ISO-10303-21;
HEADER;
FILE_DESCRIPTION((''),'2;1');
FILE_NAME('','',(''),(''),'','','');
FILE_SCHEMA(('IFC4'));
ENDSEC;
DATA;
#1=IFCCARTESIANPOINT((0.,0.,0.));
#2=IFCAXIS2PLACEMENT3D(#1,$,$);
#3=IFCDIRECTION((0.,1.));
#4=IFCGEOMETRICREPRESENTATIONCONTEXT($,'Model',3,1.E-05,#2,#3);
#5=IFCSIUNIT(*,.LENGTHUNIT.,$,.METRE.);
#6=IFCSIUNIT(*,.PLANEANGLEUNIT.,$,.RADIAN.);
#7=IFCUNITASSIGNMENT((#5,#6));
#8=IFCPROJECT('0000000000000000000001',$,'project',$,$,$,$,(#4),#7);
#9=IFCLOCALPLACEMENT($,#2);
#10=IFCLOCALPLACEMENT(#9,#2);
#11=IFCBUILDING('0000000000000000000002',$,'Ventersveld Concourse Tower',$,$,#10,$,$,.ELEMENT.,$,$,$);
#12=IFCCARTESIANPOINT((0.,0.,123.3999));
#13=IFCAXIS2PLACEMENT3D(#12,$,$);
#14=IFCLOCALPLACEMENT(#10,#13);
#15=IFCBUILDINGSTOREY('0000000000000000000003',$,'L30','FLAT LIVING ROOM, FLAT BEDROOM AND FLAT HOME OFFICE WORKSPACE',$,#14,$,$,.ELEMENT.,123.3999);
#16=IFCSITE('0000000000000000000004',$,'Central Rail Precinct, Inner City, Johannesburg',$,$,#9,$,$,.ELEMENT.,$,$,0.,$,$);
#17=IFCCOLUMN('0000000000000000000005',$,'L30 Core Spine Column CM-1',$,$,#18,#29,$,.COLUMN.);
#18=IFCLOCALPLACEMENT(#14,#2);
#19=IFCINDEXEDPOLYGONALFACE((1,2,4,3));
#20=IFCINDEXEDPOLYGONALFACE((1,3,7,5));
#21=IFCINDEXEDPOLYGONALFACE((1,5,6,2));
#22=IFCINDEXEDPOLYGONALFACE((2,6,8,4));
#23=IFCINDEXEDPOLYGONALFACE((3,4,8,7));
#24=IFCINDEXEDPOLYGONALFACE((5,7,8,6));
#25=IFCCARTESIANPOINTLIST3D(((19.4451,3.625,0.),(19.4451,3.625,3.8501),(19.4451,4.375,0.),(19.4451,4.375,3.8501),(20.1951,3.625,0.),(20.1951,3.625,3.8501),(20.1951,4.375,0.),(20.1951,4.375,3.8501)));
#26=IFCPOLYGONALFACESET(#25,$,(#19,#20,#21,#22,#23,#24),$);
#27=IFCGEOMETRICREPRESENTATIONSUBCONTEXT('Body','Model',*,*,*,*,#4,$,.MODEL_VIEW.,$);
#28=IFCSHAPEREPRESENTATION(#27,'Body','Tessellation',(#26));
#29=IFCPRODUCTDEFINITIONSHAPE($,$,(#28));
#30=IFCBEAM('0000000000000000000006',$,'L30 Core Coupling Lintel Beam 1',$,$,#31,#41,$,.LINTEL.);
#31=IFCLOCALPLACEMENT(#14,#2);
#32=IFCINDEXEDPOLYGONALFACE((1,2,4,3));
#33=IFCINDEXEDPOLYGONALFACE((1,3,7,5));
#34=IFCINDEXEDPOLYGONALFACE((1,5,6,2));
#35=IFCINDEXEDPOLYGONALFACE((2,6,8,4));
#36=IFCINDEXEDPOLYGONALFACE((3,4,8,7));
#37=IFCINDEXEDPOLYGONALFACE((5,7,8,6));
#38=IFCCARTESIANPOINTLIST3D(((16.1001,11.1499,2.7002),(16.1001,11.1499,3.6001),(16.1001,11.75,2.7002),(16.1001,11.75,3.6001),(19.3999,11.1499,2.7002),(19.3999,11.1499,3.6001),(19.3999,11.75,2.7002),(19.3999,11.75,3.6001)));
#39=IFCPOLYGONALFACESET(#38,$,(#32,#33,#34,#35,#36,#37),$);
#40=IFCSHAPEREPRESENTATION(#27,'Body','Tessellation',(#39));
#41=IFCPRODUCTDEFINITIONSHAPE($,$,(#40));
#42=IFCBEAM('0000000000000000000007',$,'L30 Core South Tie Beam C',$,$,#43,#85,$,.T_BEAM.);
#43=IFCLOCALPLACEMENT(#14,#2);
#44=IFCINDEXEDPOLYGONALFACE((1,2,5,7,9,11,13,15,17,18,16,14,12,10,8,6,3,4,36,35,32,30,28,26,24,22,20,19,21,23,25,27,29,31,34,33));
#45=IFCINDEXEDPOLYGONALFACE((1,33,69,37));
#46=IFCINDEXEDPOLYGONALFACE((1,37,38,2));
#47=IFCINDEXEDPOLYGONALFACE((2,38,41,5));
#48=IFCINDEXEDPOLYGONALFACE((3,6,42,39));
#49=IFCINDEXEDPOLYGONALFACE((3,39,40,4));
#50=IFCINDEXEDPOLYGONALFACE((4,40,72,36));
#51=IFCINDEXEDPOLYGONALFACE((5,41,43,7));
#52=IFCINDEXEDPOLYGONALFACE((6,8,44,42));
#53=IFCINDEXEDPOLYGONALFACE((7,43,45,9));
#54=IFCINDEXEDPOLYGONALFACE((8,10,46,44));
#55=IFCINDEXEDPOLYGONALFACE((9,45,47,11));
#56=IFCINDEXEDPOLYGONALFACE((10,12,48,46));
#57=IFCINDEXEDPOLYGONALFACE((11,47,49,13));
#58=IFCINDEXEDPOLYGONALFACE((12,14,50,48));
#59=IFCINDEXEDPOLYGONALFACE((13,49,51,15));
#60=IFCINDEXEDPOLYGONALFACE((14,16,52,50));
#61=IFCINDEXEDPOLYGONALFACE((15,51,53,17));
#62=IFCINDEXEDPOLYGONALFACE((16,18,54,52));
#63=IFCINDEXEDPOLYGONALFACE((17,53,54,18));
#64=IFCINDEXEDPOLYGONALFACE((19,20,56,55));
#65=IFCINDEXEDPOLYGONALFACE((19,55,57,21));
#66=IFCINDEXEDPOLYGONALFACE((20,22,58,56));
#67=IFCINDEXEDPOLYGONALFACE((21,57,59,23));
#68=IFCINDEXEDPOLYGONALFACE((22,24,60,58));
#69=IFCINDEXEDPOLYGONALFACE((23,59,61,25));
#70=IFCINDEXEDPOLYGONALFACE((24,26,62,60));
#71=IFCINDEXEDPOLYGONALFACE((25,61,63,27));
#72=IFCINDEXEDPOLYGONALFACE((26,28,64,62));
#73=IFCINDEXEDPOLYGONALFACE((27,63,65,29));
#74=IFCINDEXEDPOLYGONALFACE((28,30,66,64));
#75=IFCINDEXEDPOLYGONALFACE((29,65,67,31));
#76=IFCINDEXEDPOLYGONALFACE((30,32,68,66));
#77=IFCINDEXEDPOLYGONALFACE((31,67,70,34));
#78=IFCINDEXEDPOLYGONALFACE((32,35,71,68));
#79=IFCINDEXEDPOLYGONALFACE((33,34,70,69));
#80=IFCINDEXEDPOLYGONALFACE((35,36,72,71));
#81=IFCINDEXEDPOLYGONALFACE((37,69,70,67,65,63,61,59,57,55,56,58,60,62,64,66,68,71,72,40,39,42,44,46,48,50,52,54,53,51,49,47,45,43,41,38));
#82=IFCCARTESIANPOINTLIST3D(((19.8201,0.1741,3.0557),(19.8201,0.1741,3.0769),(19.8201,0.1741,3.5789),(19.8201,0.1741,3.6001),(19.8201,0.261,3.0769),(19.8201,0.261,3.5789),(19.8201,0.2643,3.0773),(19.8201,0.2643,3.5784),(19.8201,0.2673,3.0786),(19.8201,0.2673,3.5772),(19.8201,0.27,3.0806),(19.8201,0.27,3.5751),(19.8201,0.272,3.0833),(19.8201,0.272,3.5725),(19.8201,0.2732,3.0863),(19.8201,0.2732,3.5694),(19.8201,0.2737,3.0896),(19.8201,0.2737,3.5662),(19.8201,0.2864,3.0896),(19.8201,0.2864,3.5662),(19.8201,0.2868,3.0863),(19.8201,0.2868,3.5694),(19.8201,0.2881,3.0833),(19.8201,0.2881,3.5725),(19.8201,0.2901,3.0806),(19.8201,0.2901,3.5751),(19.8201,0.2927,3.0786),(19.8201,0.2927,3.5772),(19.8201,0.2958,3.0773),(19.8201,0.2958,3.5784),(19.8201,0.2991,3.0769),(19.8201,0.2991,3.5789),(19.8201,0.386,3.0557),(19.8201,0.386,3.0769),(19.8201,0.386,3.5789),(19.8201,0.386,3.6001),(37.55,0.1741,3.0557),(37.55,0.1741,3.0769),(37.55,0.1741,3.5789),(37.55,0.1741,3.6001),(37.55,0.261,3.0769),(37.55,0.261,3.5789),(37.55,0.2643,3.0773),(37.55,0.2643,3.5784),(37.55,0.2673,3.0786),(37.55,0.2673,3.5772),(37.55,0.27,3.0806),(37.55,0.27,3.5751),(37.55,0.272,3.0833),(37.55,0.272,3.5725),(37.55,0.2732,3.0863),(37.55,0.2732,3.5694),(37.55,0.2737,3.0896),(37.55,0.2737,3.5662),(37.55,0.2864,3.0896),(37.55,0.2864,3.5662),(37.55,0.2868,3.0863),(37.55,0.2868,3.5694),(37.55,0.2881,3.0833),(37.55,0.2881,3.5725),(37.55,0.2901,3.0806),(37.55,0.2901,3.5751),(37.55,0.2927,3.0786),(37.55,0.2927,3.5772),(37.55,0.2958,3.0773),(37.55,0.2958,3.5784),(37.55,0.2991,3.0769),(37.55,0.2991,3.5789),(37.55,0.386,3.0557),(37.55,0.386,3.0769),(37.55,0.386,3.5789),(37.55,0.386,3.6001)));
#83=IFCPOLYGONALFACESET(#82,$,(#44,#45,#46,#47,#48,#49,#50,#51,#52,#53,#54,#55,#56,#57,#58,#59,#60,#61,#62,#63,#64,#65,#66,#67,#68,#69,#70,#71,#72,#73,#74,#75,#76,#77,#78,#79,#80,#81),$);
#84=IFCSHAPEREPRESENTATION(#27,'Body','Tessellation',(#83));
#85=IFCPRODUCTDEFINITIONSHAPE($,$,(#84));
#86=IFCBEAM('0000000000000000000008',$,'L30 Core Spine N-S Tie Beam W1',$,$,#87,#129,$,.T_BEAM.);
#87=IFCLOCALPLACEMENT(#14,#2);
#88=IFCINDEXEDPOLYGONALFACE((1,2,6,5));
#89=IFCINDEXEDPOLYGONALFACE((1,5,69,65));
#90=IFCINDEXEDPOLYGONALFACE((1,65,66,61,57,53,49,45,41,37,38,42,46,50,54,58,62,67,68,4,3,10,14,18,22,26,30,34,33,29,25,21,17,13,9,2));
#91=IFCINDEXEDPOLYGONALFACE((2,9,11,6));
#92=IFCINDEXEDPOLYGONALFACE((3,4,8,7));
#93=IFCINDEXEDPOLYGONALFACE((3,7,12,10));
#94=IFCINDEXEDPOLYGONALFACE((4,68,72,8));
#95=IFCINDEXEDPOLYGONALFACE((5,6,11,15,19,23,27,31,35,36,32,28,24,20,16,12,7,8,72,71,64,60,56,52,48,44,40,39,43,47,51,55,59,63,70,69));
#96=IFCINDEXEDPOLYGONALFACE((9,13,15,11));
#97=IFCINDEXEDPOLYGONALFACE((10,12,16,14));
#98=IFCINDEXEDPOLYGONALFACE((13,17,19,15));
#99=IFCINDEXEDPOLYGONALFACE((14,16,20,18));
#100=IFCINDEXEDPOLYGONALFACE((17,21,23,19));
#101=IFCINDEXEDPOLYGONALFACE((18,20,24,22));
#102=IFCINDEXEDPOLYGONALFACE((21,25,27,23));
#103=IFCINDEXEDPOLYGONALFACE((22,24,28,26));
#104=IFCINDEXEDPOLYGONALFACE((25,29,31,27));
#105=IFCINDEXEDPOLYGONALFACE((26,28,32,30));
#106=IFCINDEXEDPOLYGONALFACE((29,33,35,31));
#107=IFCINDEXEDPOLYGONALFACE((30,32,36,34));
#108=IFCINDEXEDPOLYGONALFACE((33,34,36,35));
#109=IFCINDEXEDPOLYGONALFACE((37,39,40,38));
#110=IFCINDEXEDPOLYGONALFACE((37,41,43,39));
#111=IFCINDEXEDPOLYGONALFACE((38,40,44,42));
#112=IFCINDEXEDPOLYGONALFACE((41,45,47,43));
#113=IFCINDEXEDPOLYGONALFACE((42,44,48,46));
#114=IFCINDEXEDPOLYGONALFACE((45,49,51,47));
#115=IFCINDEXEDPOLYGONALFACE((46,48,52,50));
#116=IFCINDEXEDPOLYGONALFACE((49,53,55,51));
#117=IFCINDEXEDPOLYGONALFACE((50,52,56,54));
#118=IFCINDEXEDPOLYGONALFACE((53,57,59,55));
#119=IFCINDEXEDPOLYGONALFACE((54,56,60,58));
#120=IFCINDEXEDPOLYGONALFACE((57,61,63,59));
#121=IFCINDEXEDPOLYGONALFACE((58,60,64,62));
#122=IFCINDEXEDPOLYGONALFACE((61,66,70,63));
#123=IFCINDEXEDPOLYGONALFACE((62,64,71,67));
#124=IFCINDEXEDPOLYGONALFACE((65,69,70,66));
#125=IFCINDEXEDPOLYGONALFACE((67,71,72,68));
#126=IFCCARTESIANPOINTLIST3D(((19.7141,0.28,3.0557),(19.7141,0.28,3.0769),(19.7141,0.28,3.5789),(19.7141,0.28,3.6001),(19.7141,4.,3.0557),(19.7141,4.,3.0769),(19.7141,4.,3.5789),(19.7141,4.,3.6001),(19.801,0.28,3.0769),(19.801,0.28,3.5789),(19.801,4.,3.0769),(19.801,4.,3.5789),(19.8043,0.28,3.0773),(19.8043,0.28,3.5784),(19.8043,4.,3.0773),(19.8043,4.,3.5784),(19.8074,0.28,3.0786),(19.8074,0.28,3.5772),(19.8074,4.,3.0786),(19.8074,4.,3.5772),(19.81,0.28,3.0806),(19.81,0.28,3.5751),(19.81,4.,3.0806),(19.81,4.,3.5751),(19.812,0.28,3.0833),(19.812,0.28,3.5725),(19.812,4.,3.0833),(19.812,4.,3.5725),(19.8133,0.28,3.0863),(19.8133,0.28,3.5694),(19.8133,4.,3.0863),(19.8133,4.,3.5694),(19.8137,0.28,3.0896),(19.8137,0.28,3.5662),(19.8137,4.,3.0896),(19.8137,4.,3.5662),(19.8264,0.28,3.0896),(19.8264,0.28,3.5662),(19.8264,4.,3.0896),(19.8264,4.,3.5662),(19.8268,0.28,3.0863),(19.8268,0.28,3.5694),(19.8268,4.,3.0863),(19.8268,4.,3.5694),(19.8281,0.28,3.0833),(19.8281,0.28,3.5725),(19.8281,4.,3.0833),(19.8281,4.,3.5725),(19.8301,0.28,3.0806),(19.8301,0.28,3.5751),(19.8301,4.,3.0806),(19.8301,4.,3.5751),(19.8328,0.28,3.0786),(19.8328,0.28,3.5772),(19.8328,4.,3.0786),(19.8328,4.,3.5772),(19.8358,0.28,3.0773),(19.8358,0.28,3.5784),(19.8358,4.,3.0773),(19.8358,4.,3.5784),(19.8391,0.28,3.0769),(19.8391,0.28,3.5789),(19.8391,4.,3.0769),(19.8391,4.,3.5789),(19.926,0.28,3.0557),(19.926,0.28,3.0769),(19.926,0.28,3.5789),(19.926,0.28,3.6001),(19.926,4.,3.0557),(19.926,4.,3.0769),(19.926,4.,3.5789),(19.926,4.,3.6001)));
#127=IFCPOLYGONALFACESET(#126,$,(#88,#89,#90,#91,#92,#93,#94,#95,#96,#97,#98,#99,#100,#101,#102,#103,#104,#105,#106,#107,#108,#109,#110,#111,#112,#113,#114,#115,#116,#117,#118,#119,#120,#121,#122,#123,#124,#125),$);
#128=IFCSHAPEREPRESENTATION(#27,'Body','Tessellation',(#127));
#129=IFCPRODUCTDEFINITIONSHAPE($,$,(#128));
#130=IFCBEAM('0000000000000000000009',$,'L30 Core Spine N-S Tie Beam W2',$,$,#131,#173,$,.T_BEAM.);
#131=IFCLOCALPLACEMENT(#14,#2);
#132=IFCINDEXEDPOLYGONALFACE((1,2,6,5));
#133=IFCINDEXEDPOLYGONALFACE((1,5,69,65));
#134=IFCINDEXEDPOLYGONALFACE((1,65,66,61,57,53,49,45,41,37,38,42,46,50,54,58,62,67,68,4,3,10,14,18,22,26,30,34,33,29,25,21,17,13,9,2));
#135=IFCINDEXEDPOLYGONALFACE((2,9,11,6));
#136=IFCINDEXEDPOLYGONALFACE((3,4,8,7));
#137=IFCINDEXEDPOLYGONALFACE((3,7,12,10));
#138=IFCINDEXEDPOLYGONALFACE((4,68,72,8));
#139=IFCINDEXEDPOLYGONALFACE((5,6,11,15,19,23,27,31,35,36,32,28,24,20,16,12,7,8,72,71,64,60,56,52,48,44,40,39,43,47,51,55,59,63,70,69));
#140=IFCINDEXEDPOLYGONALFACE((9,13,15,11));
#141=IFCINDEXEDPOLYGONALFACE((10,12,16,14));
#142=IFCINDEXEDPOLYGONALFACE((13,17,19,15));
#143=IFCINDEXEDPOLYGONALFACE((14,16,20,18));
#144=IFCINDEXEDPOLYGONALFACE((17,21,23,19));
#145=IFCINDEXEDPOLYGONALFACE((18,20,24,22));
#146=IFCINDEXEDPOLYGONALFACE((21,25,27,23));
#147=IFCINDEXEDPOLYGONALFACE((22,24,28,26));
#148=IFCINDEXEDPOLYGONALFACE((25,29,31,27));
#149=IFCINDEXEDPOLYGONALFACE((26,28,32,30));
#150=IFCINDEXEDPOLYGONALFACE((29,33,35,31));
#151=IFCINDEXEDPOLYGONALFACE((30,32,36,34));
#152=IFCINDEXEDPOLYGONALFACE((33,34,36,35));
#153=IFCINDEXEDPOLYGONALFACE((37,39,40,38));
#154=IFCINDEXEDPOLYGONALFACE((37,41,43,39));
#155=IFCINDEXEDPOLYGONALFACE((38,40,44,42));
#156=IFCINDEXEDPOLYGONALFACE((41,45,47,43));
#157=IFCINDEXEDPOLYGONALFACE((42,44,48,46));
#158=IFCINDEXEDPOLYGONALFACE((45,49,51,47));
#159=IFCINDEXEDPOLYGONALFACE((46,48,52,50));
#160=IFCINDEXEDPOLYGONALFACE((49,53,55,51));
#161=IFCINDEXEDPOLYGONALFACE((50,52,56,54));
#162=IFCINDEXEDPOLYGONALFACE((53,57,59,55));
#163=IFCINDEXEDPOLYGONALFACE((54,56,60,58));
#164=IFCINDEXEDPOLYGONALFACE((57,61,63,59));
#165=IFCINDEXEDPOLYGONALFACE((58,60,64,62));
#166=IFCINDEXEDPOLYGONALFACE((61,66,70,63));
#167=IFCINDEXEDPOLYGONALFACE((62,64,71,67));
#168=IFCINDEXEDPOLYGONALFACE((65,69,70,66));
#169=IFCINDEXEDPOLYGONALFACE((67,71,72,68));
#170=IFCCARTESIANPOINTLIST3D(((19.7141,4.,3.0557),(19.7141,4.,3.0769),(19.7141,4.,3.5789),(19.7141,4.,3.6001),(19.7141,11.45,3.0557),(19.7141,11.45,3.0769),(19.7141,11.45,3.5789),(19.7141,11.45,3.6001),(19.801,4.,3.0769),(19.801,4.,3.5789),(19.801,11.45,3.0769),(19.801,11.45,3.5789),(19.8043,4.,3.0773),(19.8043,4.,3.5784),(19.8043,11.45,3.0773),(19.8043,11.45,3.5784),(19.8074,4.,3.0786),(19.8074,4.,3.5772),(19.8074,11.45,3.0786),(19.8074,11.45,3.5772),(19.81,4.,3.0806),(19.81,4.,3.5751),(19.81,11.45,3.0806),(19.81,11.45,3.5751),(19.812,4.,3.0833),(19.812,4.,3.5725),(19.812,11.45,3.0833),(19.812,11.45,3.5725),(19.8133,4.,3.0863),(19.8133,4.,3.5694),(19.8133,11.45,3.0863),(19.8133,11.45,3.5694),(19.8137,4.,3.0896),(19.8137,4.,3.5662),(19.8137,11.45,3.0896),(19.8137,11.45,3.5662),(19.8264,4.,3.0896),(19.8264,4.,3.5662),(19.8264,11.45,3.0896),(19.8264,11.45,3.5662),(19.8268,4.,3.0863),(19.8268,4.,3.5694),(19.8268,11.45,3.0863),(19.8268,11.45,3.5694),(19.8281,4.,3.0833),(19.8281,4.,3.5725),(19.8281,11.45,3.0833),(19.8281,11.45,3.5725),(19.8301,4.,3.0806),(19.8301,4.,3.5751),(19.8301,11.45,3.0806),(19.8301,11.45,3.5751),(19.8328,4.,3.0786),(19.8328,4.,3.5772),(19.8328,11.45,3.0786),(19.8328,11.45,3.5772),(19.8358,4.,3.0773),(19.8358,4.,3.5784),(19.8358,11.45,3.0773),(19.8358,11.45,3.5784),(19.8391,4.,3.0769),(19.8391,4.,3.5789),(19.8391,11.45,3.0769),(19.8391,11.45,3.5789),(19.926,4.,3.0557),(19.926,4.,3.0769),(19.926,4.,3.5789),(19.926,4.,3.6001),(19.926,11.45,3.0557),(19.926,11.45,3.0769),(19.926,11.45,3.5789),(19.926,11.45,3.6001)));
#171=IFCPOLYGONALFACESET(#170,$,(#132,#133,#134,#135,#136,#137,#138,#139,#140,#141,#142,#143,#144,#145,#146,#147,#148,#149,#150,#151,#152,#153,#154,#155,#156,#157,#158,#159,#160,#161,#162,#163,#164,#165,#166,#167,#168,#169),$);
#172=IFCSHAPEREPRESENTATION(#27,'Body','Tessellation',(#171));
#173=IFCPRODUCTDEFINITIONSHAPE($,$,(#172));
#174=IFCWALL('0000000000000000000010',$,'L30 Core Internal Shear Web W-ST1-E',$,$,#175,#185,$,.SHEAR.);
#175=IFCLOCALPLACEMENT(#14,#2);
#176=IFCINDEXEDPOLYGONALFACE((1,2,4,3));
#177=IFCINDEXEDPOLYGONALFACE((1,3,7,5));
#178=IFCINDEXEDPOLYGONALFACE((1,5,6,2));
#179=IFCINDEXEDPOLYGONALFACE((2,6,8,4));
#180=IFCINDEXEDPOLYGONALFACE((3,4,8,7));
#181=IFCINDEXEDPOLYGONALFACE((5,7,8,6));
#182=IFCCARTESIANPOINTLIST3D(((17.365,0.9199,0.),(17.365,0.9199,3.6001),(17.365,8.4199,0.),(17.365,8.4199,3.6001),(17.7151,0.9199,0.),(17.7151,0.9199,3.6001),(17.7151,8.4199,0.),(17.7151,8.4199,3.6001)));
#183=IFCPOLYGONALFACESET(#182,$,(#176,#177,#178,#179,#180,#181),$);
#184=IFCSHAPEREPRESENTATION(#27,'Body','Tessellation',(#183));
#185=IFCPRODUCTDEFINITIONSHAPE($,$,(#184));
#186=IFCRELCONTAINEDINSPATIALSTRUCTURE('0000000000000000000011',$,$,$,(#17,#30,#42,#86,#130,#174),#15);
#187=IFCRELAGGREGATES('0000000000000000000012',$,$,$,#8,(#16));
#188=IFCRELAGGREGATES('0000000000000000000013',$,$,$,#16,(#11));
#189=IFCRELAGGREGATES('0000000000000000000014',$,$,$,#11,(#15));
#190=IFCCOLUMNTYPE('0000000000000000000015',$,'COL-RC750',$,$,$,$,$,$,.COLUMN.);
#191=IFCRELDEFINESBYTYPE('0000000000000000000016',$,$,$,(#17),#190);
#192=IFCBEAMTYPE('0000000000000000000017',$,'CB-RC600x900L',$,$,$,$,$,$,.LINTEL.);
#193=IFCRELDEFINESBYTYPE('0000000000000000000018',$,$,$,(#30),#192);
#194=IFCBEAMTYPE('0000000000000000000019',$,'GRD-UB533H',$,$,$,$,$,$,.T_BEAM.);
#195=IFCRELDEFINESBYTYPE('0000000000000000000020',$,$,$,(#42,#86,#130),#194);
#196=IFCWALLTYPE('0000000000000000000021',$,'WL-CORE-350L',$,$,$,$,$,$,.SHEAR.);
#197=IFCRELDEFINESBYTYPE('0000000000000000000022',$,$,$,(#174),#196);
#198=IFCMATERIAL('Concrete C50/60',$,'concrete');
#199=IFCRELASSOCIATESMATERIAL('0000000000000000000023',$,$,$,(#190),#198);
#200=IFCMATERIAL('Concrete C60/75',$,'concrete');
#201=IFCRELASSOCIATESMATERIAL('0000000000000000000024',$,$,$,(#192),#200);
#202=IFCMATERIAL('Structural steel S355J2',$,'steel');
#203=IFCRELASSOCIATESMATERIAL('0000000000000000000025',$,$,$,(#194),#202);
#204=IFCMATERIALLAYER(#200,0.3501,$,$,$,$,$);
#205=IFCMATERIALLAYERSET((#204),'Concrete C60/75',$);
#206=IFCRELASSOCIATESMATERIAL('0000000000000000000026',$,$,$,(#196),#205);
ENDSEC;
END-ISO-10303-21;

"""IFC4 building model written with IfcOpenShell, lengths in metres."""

from ifc_helpers import new_model, si_unit, direction, frame, frame_2d, origin, origin_2d, place, context, subcontext, project, spatial, rectangle, i_section, extrude, material, layer, layer_set, material_profile, profile_set, type_object, element, save


model = new_model("IFC4")

# Units and contexts
model_context = context("Model", 3, precision=1e-05, world=origin(), true_north=direction((0.0, 1.0)))
body_context = subcontext(model_context, "Body", "Model", "MODEL_VIEW")
ifc_project = project(units=[si_unit("LENGTHUNIT", "METRE"), si_unit("PLANEANGLEUNIT", "RADIAN")], contexts=[model_context])

# Site, building, storey
site_placement = place(None, origin())
site = spatial("IfcSite", under=ifc_project, at=site_placement, Name="Central Rail Precinct, Inner City, Johannesburg", CompositionType="ELEMENT", RefElevation=0.0)
building_placement = place(site_placement, origin())
building = spatial("IfcBuilding", under=site, at=building_placement, Name="Ventersveld Concourse Tower", CompositionType="ELEMENT")
storey_placement = place(building_placement, frame((0.0, 0.0, 123.3999)))
storey = spatial("IfcBuildingStorey", under=building, at=storey_placement, Name="L30", Description="FLAT LIVING ROOM, FLAT BEDROOM AND FLAT HOME OFFICE WORKSPACE", CompositionType="ELEMENT", Elevation=123.3999)

# Column
ifc_material_1 = material(Name="Concrete C50/60", Category="concrete")
ifc_material_profile_1 = material_profile(ifc_material_1, rectangle(XDim=0.75, YDim=0.75, at=origin_2d()), Name="RC 750x750")
ifc_profile_set_1 = profile_set([ifc_material_profile_1], Name="Concrete C50/60")
column_type = type_object("IfcColumnType", Name="COL-RC750", PredefinedType="COLUMN", material=ifc_profile_set_1)
column_placement = place(storey_placement, frame((19.8201, 4.0, 0.0), z_axis=(0.0, 0.0, 1.0), x_axis=(1.0, 0.0, 0.0)))
element("IfcColumn", 1, at=column_placement, inside=storey, type_object=column_type, Name="L30 Core Spine Column CM-1", PredefinedType="COLUMN", context=body_context, shape_type="SweptSolid", body=[
    extrude(rectangle(XDim=0.75, YDim=0.75, at=origin_2d()), origin(), (0.0, 0.0, 1.0), 3.8501),
])

# Beams
ifc_material_2 = material(Name="Concrete C60/75", Category="concrete")
ifc_material_profile_2 = material_profile(ifc_material_2, rectangle(XDim=0.6001, YDim=0.8999, at=origin_2d()), Name="RC 600x900")
ifc_profile_set_2 = profile_set([ifc_material_profile_2], Name="Concrete C60/75")
beam_type_1 = type_object("IfcBeamType", Name="CB-RC600x900L", PredefinedType="LINTEL", material=ifc_profile_set_2)
beam_1_placement = place(storey_placement, frame((16.1001, 11.45, 3.1501), z_axis=(1.0, 0.0, 0.0), x_axis=(0.0, 1.0, 0.0)))
element("IfcBeam", 2, at=beam_1_placement, inside=storey, type_object=beam_type_1, Name="L30 Core Coupling Lintel Beam 1", PredefinedType="LINTEL", context=body_context, shape_type="SweptSolid", body=[
    extrude(rectangle(XDim=0.6001, YDim=0.8999, at=origin_2d()), origin(), (0.0, 0.0, 1.0), 3.2998),
])
ifc_material_3 = material(Name="Structural steel S355J2", Category="steel")
ifc_material_profile_3 = material_profile(ifc_material_3, i_section(OverallWidth=0.2119, OverallDepth=0.5444, WebThickness=0.0127, FlangeThickness=0.0212, FilletRadius=0.0127, at=origin_2d()), Name="UB 533x210x122")
ifc_profile_set_3 = profile_set([ifc_material_profile_3], Name="Structural steel S355J2")
beam_type_2 = type_object("IfcBeamType", Name="GRD-UB533H", PredefinedType="T_BEAM", material=ifc_profile_set_3)
beam_2_placement = place(storey_placement, frame((19.8201, 0.28, 3.3279), z_axis=(1.0, 0.0, 0.0), x_axis=(0.0, 1.0, 0.0)))
element("IfcBeam", 3, at=beam_2_placement, inside=storey, type_object=beam_type_2, Name="L30 Core South Tie Beam C", PredefinedType="T_BEAM", context=body_context, shape_type="SweptSolid", body=[
    extrude(i_section(OverallWidth=0.2119, OverallDepth=0.5444, WebThickness=0.0127, FlangeThickness=0.0212, FilletRadius=0.0127, at=origin_2d()), origin(), (0.0, 0.0, 1.0), 17.73),
])
beam_3_placement = place(storey_placement, frame((19.8201, 0.28, 3.3279), z_axis=(0.0, 1.0, 0.0), x_axis=(-1.0, 0.0, 0.0)))
element("IfcBeam", 4, at=beam_3_placement, inside=storey, type_object=beam_type_2, Name="L30 Core Spine N-S Tie Beam W1", PredefinedType="T_BEAM", context=body_context, shape_type="SweptSolid", body=[
    extrude(i_section(OverallWidth=0.2119, OverallDepth=0.5444, WebThickness=0.0127, FlangeThickness=0.0212, FilletRadius=0.0127, at=origin_2d()), origin(), (0.0, 0.0, 1.0), 3.72),
])
beam_4_placement = place(storey_placement, frame((19.8201, 4.0, 3.3279), z_axis=(0.0, 1.0, 0.0), x_axis=(-1.0, 0.0, 0.0)))
element("IfcBeam", 5, at=beam_4_placement, inside=storey, type_object=beam_type_2, Name="L30 Core Spine N-S Tie Beam W2", PredefinedType="T_BEAM", context=body_context, shape_type="SweptSolid", body=[
    extrude(i_section(OverallWidth=0.2119, OverallDepth=0.5444, WebThickness=0.0127, FlangeThickness=0.0212, FilletRadius=0.0127, at=origin_2d()), origin(), (0.0, 0.0, 1.0), 7.45),
])

# Wall
ifc_layer_1 = layer(ifc_material_2, 0.3501)
ifc_layer_set_1 = layer_set([ifc_layer_1], Name="Concrete C60/75")
wall_type_1 = type_object("IfcWallType", Name="WL-CORE-350L", PredefinedType="SHEAR", material=ifc_layer_set_1)
for number, where, z_axis, x_axis, name in (
    (6, (17.54, 0.9199, 0.0), (0.0, 0.0, 1.0), (0.0, 1.0, 0.0), "L30 Core Internal Shear Web W-ST1-E"),
):
    element("IfcWall", number, at=place(storey_placement, frame(where, z_axis=z_axis, x_axis=x_axis)), inside=storey, type_object=wall_type_1, Name=name, PredefinedType="SHEAR", context=body_context, shape_type="SweptSolid", body=[
        extrude(rectangle(XDim=7.5, YDim=0.3501, at=frame_2d((3.75, 0.0))), origin(), (0.0, 0.0, 1.0), 3.6001),
    ])

save(model, "model.ifc")
